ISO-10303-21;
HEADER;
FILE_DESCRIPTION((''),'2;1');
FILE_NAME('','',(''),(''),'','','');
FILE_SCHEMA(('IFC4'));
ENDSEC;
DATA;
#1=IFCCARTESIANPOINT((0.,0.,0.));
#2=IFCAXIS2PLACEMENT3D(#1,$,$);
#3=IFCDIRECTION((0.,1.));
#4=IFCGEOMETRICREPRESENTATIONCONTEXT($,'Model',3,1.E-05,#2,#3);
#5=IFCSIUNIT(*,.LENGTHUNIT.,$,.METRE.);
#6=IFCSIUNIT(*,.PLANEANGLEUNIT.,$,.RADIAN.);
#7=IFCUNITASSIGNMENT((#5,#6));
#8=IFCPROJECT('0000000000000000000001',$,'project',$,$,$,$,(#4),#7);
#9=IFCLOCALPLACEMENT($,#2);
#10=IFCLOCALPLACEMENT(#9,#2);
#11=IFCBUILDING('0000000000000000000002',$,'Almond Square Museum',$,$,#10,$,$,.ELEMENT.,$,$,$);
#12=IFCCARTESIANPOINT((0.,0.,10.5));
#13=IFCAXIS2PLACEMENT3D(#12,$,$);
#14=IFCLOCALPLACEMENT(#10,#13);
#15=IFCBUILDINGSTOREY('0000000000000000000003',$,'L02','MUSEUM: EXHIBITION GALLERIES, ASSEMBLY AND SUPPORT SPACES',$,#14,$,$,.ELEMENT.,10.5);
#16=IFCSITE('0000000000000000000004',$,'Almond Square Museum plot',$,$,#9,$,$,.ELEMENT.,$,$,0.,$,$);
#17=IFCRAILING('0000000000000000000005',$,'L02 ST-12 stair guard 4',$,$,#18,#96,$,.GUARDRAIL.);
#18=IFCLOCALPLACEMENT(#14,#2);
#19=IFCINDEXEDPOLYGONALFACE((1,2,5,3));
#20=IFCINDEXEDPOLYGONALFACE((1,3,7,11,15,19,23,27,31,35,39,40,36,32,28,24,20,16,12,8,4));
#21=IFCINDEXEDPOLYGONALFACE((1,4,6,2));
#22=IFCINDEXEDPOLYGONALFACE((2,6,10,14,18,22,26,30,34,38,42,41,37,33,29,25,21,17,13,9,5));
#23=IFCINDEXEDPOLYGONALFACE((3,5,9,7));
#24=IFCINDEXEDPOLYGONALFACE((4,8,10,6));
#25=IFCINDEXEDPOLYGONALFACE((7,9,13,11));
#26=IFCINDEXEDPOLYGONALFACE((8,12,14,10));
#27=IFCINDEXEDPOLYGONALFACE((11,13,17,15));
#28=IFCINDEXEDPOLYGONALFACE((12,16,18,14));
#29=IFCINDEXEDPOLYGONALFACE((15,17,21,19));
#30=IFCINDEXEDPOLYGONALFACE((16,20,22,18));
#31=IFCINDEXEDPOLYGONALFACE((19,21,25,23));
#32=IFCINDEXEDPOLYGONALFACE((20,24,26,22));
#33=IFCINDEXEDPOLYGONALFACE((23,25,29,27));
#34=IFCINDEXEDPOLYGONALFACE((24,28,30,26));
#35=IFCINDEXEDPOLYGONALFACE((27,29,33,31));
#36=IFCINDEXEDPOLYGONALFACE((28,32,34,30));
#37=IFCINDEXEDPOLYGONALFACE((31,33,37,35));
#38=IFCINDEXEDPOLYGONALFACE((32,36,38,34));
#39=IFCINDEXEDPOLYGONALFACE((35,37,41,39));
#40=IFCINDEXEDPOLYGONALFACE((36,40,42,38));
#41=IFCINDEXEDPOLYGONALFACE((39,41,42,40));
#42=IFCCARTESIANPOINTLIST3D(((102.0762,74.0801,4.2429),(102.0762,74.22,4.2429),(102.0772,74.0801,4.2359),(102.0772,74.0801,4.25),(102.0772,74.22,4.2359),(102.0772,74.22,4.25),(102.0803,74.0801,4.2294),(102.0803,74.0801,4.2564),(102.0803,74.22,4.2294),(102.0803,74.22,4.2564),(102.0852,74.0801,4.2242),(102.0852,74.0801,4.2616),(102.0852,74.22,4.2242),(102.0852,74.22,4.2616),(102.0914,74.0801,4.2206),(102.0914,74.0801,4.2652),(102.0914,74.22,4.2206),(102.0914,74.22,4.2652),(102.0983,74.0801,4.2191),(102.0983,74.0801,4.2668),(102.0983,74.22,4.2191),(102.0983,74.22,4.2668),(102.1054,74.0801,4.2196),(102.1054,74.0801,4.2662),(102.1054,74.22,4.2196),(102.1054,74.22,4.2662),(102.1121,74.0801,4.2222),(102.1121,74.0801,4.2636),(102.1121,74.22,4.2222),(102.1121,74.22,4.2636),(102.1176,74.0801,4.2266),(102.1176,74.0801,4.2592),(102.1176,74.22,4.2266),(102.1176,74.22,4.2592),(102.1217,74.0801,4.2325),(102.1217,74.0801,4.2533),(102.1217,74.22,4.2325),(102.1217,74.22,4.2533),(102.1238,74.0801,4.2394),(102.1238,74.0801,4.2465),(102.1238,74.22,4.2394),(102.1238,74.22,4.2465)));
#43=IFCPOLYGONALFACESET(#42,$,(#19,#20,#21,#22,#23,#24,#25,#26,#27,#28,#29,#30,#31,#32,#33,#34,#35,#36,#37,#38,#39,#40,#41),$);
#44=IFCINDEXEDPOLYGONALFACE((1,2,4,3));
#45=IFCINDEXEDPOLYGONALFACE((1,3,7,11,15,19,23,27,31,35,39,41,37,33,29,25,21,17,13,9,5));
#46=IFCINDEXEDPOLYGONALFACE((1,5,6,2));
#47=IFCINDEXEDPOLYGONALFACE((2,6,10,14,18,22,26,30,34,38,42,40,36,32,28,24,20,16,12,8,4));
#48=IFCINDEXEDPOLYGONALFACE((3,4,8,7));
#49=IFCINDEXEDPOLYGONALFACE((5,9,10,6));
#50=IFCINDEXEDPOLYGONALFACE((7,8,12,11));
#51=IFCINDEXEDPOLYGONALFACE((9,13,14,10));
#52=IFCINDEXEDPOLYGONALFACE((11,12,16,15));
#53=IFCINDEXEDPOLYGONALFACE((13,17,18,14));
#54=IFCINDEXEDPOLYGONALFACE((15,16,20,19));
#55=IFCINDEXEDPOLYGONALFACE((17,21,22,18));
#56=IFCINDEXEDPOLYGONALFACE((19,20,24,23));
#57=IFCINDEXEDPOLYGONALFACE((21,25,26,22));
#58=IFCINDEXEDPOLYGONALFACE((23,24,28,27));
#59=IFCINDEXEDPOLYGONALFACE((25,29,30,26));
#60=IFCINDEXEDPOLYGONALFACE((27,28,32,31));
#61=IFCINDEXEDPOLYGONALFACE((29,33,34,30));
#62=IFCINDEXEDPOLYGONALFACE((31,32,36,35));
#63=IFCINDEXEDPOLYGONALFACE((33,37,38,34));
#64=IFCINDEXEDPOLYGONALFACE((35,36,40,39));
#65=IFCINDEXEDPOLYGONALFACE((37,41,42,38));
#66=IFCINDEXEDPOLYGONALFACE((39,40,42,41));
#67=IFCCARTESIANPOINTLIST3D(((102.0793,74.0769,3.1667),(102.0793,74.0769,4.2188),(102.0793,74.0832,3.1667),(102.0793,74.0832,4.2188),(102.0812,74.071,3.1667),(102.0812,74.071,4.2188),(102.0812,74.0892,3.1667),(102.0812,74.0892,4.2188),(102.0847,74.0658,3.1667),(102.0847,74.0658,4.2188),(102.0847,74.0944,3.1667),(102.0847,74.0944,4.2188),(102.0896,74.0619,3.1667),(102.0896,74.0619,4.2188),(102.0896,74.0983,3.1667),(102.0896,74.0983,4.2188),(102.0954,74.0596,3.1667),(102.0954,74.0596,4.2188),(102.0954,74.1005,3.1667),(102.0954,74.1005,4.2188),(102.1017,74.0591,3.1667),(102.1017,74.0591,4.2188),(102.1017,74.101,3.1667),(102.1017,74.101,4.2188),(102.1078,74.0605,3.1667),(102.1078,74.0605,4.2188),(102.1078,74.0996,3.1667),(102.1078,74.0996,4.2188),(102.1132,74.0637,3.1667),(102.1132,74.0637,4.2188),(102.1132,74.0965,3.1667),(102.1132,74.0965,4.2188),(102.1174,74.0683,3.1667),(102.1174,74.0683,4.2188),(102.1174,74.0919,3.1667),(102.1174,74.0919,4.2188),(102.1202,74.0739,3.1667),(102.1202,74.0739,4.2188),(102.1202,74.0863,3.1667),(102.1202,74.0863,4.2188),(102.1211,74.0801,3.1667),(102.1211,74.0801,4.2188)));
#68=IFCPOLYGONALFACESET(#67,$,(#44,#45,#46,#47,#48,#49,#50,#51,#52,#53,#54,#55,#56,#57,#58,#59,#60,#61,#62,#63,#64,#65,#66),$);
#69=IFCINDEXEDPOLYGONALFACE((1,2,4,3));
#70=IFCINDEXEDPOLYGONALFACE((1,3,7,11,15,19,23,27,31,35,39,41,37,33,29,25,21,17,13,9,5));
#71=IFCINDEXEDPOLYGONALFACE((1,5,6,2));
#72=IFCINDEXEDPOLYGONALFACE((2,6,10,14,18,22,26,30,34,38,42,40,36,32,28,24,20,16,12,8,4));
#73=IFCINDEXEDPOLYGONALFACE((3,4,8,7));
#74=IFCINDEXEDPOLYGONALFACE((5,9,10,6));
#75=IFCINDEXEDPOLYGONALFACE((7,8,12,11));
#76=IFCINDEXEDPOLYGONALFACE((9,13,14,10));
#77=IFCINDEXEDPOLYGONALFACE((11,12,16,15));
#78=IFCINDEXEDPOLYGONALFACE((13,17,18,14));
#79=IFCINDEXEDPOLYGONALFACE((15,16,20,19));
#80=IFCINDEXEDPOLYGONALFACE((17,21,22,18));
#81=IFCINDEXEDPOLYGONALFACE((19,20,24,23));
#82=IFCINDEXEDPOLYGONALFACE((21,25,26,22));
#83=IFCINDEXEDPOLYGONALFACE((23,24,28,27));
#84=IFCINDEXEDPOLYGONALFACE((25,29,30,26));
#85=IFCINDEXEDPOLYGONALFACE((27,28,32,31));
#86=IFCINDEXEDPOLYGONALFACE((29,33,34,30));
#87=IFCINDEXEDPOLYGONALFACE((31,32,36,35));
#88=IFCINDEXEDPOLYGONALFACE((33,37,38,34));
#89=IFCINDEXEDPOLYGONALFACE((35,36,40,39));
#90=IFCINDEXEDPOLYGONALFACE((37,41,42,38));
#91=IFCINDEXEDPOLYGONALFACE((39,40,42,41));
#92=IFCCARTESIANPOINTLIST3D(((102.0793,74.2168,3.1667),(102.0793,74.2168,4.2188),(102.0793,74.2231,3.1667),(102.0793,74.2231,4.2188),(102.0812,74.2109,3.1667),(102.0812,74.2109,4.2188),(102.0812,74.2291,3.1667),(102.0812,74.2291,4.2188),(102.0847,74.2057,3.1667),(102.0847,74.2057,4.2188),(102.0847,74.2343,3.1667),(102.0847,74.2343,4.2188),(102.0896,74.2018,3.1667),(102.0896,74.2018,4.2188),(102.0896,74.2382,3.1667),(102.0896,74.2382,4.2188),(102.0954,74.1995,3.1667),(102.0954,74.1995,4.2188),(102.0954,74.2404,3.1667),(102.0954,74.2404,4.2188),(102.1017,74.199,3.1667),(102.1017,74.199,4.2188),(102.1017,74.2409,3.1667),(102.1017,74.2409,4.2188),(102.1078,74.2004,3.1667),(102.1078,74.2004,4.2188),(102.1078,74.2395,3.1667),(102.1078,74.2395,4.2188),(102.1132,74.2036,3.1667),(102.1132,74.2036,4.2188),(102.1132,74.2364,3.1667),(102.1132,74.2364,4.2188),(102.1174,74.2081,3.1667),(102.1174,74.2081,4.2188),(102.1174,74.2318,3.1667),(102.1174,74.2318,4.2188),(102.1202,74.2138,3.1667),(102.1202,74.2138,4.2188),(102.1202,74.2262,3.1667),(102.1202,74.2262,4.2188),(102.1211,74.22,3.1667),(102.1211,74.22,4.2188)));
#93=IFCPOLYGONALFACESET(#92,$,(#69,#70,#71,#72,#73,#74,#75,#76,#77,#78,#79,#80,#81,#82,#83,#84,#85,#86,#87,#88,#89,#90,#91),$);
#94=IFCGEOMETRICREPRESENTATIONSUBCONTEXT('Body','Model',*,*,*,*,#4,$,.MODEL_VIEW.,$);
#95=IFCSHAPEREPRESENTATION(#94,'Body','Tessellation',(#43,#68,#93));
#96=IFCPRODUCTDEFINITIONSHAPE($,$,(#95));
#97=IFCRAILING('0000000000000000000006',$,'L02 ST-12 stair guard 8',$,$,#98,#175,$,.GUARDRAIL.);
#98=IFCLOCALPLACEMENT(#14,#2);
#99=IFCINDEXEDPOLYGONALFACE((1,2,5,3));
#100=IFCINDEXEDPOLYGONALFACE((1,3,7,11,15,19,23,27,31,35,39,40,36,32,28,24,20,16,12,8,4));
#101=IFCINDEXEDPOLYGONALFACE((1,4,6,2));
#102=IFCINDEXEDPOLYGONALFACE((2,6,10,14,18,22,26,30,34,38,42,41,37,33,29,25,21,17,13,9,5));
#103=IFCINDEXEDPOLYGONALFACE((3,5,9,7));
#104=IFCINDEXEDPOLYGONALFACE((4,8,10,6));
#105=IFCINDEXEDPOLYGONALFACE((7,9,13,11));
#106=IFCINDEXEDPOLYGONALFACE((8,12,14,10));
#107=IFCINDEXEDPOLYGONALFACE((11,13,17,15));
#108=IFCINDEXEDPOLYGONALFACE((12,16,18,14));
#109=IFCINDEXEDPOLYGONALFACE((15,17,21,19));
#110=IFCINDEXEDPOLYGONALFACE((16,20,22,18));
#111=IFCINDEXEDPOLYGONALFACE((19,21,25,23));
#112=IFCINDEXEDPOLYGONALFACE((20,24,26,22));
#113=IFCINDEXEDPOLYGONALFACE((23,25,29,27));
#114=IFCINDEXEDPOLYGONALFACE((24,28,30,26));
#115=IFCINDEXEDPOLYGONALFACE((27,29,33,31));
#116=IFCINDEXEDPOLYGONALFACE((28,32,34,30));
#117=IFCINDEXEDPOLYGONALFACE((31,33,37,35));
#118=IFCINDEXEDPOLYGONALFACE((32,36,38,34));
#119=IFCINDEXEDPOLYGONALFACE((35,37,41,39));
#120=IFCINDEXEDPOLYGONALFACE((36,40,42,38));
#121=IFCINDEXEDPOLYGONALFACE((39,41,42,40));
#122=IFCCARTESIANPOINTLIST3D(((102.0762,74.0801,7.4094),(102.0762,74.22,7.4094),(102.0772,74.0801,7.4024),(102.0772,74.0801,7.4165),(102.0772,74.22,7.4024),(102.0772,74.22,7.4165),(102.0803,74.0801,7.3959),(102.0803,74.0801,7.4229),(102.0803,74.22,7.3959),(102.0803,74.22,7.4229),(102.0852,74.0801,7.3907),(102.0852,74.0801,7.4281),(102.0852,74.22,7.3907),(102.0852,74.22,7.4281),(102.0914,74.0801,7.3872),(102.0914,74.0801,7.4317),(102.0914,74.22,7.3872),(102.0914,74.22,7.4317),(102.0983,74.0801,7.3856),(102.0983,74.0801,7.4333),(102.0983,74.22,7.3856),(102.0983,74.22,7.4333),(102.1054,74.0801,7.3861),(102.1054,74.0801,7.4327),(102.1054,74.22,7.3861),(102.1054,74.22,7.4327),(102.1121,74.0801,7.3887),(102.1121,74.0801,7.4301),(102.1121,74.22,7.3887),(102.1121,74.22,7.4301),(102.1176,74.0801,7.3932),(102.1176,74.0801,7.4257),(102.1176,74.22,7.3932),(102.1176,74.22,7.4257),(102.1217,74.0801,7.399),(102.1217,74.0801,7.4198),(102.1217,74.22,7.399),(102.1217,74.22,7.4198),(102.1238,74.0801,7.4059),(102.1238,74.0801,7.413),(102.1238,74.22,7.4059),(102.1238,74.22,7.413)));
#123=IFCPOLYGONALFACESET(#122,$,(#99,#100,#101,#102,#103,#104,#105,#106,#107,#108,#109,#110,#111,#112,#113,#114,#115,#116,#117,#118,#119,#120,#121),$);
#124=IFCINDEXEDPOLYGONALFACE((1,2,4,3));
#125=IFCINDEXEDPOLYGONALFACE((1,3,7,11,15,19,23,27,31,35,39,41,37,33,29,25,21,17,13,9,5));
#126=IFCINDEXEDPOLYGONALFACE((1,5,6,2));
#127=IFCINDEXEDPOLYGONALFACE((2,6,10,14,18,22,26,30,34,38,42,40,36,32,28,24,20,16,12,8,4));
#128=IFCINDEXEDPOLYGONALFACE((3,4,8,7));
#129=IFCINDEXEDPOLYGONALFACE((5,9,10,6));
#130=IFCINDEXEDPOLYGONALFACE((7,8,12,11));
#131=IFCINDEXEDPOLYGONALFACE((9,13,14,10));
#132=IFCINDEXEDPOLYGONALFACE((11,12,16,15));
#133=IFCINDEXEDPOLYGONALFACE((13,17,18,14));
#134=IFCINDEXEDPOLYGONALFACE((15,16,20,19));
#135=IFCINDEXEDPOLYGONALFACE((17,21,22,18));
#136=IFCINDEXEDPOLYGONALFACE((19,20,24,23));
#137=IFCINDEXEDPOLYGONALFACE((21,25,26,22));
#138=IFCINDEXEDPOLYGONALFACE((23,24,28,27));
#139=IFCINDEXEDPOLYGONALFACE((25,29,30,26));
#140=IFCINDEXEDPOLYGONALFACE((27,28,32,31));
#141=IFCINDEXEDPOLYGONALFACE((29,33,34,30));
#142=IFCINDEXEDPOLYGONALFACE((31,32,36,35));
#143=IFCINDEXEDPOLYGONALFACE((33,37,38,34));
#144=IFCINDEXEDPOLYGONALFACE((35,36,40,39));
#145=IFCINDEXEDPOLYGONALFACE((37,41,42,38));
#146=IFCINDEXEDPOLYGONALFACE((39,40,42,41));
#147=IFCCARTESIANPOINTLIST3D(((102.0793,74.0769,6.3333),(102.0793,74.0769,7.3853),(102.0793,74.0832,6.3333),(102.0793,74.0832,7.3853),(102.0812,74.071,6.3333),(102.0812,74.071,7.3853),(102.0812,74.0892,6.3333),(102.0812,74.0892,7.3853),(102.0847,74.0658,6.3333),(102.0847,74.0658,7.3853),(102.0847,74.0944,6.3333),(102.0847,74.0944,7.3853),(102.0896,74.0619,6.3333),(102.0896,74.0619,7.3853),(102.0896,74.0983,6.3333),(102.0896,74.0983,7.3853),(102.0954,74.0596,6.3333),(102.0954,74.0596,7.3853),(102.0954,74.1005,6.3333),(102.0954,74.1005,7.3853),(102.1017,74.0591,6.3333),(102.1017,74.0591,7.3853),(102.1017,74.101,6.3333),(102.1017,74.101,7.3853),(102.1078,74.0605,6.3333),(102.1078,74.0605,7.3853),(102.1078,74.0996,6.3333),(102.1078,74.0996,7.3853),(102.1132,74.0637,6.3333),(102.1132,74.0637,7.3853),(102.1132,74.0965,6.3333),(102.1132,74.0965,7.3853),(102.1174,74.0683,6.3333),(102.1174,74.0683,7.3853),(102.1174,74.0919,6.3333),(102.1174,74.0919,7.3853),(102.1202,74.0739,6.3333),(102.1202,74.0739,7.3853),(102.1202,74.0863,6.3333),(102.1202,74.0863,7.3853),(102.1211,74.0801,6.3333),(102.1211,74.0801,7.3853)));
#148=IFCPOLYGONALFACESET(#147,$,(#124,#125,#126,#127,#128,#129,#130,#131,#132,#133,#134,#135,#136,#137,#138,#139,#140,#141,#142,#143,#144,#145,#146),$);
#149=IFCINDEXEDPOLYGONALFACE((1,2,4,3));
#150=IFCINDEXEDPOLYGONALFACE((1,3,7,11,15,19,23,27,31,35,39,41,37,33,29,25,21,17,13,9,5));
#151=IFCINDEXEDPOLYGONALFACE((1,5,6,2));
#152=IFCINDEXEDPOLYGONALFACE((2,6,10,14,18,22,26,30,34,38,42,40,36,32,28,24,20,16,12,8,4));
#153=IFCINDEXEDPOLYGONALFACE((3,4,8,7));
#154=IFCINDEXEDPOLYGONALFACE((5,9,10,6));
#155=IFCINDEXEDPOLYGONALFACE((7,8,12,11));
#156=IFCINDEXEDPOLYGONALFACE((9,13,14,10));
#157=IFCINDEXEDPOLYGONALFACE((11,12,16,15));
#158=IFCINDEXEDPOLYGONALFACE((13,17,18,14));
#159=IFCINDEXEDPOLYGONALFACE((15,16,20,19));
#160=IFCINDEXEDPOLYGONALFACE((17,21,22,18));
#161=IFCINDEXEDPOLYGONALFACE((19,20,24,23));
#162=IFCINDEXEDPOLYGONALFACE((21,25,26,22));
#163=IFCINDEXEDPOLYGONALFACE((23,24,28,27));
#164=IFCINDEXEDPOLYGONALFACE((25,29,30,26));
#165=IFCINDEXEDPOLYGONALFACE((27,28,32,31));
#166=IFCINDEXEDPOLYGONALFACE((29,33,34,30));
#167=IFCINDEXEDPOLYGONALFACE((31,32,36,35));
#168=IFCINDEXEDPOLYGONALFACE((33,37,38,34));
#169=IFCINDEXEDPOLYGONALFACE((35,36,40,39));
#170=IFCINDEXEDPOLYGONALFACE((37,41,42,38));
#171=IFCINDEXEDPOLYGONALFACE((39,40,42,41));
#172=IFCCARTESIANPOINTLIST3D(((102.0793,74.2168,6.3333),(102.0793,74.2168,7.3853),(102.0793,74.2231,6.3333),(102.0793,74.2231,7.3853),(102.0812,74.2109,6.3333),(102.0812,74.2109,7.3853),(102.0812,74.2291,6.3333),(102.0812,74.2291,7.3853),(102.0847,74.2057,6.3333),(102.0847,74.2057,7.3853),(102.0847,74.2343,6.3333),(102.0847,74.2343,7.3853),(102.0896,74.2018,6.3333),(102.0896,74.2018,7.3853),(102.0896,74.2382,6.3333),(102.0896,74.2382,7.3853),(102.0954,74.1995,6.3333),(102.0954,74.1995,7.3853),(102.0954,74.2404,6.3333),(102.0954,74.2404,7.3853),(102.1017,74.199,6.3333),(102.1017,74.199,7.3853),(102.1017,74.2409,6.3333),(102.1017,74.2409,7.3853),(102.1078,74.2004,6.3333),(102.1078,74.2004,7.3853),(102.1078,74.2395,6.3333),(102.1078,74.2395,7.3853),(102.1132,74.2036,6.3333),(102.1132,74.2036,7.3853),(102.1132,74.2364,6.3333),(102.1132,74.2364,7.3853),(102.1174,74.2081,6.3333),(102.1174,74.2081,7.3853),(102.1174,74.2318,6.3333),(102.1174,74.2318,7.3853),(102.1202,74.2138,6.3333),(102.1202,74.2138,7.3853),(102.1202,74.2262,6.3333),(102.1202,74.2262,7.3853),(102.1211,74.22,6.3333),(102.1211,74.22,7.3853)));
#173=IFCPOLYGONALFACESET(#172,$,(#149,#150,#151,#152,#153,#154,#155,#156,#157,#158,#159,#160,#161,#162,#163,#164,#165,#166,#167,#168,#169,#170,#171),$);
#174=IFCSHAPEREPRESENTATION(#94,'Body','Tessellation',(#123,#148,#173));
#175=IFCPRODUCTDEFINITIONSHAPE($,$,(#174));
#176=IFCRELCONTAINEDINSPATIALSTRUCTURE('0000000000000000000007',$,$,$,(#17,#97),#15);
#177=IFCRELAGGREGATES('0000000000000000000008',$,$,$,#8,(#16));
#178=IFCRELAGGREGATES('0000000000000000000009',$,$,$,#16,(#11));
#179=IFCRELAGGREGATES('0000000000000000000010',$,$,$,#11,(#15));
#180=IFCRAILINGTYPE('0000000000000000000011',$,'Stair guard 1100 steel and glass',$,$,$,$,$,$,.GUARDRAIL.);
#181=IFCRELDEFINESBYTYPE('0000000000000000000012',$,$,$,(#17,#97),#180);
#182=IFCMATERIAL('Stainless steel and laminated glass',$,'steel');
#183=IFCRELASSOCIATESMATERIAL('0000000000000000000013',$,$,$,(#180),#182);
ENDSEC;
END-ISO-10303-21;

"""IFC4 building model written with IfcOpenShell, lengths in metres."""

from ifc_helpers import new_model, si_unit, direction, frame, origin, origin_2d, place, context, subcontext, project, spatial, circle, extrude, material, type_object, element, save


model = new_model("IFC4")

# Units and contexts
model_context = context("Model", 3, precision=1e-05, world=origin(), true_north=direction((0.0, 1.0)))
body_context = subcontext(model_context, "Body", "Model", "MODEL_VIEW")
ifc_project = project(units=[si_unit("LENGTHUNIT", "METRE"), si_unit("PLANEANGLEUNIT", "RADIAN")], contexts=[model_context])

# Site, building, storey
site_placement = place(None, origin())
site = spatial("IfcSite", under=ifc_project, at=site_placement, Name="Almond Square Museum plot", CompositionType="ELEMENT", RefElevation=0.0)
building_placement = place(site_placement, origin())
building = spatial("IfcBuilding", under=site, at=building_placement, Name="Almond Square Museum", CompositionType="ELEMENT")
storey_placement = place(building_placement, frame((0.0, 0.0, 10.5)))
storey = spatial("IfcBuildingStorey", under=building, at=storey_placement, Name="L02", Description="MUSEUM: EXHIBITION GALLERIES, ASSEMBLY AND SUPPORT SPACES", CompositionType="ELEMENT", Elevation=10.5)

# Railings
ifc_material_1 = material(Name="Stainless steel and laminated glass", Category="steel")
railing_type = type_object("IfcRailingType", Name="Stair guard 1100 steel and glass", PredefinedType="GUARDRAIL", material=ifc_material_1)
for number, where, name in (
    (1, (102.1001, 74.0801, 3.1667), "L02 ST-12 stair guard 4"),
    (2, (102.1001, 74.0801, 6.3333), "L02 ST-12 stair guard 8"),
):
    element("IfcRailing", number, at=place(storey_placement, frame(where)), inside=storey, type_object=railing_type, Name=name, PredefinedType="GUARDRAIL", context=body_context, shape_type="SweptSolid", body=[
        extrude(circle(Radius=0.0239, at=origin_2d()), frame((0.0, 0.0, 1.0762), z_axis=(0.0, 1.0, 0.0), x_axis=(-1.0, 0.0, 0.0)), (0.0, 0.0, 1.0), 0.1399),
        extrude(circle(Radius=0.021, at=origin_2d()), origin(), (0.0, 0.0, 1.0), 1.052),
        extrude(circle(Radius=0.021, at=origin_2d()), frame((0.0, 0.1399, 0.0)), (0.0, 0.0, 1.0), 1.052),
    ])

save(model, "model.ifc")
